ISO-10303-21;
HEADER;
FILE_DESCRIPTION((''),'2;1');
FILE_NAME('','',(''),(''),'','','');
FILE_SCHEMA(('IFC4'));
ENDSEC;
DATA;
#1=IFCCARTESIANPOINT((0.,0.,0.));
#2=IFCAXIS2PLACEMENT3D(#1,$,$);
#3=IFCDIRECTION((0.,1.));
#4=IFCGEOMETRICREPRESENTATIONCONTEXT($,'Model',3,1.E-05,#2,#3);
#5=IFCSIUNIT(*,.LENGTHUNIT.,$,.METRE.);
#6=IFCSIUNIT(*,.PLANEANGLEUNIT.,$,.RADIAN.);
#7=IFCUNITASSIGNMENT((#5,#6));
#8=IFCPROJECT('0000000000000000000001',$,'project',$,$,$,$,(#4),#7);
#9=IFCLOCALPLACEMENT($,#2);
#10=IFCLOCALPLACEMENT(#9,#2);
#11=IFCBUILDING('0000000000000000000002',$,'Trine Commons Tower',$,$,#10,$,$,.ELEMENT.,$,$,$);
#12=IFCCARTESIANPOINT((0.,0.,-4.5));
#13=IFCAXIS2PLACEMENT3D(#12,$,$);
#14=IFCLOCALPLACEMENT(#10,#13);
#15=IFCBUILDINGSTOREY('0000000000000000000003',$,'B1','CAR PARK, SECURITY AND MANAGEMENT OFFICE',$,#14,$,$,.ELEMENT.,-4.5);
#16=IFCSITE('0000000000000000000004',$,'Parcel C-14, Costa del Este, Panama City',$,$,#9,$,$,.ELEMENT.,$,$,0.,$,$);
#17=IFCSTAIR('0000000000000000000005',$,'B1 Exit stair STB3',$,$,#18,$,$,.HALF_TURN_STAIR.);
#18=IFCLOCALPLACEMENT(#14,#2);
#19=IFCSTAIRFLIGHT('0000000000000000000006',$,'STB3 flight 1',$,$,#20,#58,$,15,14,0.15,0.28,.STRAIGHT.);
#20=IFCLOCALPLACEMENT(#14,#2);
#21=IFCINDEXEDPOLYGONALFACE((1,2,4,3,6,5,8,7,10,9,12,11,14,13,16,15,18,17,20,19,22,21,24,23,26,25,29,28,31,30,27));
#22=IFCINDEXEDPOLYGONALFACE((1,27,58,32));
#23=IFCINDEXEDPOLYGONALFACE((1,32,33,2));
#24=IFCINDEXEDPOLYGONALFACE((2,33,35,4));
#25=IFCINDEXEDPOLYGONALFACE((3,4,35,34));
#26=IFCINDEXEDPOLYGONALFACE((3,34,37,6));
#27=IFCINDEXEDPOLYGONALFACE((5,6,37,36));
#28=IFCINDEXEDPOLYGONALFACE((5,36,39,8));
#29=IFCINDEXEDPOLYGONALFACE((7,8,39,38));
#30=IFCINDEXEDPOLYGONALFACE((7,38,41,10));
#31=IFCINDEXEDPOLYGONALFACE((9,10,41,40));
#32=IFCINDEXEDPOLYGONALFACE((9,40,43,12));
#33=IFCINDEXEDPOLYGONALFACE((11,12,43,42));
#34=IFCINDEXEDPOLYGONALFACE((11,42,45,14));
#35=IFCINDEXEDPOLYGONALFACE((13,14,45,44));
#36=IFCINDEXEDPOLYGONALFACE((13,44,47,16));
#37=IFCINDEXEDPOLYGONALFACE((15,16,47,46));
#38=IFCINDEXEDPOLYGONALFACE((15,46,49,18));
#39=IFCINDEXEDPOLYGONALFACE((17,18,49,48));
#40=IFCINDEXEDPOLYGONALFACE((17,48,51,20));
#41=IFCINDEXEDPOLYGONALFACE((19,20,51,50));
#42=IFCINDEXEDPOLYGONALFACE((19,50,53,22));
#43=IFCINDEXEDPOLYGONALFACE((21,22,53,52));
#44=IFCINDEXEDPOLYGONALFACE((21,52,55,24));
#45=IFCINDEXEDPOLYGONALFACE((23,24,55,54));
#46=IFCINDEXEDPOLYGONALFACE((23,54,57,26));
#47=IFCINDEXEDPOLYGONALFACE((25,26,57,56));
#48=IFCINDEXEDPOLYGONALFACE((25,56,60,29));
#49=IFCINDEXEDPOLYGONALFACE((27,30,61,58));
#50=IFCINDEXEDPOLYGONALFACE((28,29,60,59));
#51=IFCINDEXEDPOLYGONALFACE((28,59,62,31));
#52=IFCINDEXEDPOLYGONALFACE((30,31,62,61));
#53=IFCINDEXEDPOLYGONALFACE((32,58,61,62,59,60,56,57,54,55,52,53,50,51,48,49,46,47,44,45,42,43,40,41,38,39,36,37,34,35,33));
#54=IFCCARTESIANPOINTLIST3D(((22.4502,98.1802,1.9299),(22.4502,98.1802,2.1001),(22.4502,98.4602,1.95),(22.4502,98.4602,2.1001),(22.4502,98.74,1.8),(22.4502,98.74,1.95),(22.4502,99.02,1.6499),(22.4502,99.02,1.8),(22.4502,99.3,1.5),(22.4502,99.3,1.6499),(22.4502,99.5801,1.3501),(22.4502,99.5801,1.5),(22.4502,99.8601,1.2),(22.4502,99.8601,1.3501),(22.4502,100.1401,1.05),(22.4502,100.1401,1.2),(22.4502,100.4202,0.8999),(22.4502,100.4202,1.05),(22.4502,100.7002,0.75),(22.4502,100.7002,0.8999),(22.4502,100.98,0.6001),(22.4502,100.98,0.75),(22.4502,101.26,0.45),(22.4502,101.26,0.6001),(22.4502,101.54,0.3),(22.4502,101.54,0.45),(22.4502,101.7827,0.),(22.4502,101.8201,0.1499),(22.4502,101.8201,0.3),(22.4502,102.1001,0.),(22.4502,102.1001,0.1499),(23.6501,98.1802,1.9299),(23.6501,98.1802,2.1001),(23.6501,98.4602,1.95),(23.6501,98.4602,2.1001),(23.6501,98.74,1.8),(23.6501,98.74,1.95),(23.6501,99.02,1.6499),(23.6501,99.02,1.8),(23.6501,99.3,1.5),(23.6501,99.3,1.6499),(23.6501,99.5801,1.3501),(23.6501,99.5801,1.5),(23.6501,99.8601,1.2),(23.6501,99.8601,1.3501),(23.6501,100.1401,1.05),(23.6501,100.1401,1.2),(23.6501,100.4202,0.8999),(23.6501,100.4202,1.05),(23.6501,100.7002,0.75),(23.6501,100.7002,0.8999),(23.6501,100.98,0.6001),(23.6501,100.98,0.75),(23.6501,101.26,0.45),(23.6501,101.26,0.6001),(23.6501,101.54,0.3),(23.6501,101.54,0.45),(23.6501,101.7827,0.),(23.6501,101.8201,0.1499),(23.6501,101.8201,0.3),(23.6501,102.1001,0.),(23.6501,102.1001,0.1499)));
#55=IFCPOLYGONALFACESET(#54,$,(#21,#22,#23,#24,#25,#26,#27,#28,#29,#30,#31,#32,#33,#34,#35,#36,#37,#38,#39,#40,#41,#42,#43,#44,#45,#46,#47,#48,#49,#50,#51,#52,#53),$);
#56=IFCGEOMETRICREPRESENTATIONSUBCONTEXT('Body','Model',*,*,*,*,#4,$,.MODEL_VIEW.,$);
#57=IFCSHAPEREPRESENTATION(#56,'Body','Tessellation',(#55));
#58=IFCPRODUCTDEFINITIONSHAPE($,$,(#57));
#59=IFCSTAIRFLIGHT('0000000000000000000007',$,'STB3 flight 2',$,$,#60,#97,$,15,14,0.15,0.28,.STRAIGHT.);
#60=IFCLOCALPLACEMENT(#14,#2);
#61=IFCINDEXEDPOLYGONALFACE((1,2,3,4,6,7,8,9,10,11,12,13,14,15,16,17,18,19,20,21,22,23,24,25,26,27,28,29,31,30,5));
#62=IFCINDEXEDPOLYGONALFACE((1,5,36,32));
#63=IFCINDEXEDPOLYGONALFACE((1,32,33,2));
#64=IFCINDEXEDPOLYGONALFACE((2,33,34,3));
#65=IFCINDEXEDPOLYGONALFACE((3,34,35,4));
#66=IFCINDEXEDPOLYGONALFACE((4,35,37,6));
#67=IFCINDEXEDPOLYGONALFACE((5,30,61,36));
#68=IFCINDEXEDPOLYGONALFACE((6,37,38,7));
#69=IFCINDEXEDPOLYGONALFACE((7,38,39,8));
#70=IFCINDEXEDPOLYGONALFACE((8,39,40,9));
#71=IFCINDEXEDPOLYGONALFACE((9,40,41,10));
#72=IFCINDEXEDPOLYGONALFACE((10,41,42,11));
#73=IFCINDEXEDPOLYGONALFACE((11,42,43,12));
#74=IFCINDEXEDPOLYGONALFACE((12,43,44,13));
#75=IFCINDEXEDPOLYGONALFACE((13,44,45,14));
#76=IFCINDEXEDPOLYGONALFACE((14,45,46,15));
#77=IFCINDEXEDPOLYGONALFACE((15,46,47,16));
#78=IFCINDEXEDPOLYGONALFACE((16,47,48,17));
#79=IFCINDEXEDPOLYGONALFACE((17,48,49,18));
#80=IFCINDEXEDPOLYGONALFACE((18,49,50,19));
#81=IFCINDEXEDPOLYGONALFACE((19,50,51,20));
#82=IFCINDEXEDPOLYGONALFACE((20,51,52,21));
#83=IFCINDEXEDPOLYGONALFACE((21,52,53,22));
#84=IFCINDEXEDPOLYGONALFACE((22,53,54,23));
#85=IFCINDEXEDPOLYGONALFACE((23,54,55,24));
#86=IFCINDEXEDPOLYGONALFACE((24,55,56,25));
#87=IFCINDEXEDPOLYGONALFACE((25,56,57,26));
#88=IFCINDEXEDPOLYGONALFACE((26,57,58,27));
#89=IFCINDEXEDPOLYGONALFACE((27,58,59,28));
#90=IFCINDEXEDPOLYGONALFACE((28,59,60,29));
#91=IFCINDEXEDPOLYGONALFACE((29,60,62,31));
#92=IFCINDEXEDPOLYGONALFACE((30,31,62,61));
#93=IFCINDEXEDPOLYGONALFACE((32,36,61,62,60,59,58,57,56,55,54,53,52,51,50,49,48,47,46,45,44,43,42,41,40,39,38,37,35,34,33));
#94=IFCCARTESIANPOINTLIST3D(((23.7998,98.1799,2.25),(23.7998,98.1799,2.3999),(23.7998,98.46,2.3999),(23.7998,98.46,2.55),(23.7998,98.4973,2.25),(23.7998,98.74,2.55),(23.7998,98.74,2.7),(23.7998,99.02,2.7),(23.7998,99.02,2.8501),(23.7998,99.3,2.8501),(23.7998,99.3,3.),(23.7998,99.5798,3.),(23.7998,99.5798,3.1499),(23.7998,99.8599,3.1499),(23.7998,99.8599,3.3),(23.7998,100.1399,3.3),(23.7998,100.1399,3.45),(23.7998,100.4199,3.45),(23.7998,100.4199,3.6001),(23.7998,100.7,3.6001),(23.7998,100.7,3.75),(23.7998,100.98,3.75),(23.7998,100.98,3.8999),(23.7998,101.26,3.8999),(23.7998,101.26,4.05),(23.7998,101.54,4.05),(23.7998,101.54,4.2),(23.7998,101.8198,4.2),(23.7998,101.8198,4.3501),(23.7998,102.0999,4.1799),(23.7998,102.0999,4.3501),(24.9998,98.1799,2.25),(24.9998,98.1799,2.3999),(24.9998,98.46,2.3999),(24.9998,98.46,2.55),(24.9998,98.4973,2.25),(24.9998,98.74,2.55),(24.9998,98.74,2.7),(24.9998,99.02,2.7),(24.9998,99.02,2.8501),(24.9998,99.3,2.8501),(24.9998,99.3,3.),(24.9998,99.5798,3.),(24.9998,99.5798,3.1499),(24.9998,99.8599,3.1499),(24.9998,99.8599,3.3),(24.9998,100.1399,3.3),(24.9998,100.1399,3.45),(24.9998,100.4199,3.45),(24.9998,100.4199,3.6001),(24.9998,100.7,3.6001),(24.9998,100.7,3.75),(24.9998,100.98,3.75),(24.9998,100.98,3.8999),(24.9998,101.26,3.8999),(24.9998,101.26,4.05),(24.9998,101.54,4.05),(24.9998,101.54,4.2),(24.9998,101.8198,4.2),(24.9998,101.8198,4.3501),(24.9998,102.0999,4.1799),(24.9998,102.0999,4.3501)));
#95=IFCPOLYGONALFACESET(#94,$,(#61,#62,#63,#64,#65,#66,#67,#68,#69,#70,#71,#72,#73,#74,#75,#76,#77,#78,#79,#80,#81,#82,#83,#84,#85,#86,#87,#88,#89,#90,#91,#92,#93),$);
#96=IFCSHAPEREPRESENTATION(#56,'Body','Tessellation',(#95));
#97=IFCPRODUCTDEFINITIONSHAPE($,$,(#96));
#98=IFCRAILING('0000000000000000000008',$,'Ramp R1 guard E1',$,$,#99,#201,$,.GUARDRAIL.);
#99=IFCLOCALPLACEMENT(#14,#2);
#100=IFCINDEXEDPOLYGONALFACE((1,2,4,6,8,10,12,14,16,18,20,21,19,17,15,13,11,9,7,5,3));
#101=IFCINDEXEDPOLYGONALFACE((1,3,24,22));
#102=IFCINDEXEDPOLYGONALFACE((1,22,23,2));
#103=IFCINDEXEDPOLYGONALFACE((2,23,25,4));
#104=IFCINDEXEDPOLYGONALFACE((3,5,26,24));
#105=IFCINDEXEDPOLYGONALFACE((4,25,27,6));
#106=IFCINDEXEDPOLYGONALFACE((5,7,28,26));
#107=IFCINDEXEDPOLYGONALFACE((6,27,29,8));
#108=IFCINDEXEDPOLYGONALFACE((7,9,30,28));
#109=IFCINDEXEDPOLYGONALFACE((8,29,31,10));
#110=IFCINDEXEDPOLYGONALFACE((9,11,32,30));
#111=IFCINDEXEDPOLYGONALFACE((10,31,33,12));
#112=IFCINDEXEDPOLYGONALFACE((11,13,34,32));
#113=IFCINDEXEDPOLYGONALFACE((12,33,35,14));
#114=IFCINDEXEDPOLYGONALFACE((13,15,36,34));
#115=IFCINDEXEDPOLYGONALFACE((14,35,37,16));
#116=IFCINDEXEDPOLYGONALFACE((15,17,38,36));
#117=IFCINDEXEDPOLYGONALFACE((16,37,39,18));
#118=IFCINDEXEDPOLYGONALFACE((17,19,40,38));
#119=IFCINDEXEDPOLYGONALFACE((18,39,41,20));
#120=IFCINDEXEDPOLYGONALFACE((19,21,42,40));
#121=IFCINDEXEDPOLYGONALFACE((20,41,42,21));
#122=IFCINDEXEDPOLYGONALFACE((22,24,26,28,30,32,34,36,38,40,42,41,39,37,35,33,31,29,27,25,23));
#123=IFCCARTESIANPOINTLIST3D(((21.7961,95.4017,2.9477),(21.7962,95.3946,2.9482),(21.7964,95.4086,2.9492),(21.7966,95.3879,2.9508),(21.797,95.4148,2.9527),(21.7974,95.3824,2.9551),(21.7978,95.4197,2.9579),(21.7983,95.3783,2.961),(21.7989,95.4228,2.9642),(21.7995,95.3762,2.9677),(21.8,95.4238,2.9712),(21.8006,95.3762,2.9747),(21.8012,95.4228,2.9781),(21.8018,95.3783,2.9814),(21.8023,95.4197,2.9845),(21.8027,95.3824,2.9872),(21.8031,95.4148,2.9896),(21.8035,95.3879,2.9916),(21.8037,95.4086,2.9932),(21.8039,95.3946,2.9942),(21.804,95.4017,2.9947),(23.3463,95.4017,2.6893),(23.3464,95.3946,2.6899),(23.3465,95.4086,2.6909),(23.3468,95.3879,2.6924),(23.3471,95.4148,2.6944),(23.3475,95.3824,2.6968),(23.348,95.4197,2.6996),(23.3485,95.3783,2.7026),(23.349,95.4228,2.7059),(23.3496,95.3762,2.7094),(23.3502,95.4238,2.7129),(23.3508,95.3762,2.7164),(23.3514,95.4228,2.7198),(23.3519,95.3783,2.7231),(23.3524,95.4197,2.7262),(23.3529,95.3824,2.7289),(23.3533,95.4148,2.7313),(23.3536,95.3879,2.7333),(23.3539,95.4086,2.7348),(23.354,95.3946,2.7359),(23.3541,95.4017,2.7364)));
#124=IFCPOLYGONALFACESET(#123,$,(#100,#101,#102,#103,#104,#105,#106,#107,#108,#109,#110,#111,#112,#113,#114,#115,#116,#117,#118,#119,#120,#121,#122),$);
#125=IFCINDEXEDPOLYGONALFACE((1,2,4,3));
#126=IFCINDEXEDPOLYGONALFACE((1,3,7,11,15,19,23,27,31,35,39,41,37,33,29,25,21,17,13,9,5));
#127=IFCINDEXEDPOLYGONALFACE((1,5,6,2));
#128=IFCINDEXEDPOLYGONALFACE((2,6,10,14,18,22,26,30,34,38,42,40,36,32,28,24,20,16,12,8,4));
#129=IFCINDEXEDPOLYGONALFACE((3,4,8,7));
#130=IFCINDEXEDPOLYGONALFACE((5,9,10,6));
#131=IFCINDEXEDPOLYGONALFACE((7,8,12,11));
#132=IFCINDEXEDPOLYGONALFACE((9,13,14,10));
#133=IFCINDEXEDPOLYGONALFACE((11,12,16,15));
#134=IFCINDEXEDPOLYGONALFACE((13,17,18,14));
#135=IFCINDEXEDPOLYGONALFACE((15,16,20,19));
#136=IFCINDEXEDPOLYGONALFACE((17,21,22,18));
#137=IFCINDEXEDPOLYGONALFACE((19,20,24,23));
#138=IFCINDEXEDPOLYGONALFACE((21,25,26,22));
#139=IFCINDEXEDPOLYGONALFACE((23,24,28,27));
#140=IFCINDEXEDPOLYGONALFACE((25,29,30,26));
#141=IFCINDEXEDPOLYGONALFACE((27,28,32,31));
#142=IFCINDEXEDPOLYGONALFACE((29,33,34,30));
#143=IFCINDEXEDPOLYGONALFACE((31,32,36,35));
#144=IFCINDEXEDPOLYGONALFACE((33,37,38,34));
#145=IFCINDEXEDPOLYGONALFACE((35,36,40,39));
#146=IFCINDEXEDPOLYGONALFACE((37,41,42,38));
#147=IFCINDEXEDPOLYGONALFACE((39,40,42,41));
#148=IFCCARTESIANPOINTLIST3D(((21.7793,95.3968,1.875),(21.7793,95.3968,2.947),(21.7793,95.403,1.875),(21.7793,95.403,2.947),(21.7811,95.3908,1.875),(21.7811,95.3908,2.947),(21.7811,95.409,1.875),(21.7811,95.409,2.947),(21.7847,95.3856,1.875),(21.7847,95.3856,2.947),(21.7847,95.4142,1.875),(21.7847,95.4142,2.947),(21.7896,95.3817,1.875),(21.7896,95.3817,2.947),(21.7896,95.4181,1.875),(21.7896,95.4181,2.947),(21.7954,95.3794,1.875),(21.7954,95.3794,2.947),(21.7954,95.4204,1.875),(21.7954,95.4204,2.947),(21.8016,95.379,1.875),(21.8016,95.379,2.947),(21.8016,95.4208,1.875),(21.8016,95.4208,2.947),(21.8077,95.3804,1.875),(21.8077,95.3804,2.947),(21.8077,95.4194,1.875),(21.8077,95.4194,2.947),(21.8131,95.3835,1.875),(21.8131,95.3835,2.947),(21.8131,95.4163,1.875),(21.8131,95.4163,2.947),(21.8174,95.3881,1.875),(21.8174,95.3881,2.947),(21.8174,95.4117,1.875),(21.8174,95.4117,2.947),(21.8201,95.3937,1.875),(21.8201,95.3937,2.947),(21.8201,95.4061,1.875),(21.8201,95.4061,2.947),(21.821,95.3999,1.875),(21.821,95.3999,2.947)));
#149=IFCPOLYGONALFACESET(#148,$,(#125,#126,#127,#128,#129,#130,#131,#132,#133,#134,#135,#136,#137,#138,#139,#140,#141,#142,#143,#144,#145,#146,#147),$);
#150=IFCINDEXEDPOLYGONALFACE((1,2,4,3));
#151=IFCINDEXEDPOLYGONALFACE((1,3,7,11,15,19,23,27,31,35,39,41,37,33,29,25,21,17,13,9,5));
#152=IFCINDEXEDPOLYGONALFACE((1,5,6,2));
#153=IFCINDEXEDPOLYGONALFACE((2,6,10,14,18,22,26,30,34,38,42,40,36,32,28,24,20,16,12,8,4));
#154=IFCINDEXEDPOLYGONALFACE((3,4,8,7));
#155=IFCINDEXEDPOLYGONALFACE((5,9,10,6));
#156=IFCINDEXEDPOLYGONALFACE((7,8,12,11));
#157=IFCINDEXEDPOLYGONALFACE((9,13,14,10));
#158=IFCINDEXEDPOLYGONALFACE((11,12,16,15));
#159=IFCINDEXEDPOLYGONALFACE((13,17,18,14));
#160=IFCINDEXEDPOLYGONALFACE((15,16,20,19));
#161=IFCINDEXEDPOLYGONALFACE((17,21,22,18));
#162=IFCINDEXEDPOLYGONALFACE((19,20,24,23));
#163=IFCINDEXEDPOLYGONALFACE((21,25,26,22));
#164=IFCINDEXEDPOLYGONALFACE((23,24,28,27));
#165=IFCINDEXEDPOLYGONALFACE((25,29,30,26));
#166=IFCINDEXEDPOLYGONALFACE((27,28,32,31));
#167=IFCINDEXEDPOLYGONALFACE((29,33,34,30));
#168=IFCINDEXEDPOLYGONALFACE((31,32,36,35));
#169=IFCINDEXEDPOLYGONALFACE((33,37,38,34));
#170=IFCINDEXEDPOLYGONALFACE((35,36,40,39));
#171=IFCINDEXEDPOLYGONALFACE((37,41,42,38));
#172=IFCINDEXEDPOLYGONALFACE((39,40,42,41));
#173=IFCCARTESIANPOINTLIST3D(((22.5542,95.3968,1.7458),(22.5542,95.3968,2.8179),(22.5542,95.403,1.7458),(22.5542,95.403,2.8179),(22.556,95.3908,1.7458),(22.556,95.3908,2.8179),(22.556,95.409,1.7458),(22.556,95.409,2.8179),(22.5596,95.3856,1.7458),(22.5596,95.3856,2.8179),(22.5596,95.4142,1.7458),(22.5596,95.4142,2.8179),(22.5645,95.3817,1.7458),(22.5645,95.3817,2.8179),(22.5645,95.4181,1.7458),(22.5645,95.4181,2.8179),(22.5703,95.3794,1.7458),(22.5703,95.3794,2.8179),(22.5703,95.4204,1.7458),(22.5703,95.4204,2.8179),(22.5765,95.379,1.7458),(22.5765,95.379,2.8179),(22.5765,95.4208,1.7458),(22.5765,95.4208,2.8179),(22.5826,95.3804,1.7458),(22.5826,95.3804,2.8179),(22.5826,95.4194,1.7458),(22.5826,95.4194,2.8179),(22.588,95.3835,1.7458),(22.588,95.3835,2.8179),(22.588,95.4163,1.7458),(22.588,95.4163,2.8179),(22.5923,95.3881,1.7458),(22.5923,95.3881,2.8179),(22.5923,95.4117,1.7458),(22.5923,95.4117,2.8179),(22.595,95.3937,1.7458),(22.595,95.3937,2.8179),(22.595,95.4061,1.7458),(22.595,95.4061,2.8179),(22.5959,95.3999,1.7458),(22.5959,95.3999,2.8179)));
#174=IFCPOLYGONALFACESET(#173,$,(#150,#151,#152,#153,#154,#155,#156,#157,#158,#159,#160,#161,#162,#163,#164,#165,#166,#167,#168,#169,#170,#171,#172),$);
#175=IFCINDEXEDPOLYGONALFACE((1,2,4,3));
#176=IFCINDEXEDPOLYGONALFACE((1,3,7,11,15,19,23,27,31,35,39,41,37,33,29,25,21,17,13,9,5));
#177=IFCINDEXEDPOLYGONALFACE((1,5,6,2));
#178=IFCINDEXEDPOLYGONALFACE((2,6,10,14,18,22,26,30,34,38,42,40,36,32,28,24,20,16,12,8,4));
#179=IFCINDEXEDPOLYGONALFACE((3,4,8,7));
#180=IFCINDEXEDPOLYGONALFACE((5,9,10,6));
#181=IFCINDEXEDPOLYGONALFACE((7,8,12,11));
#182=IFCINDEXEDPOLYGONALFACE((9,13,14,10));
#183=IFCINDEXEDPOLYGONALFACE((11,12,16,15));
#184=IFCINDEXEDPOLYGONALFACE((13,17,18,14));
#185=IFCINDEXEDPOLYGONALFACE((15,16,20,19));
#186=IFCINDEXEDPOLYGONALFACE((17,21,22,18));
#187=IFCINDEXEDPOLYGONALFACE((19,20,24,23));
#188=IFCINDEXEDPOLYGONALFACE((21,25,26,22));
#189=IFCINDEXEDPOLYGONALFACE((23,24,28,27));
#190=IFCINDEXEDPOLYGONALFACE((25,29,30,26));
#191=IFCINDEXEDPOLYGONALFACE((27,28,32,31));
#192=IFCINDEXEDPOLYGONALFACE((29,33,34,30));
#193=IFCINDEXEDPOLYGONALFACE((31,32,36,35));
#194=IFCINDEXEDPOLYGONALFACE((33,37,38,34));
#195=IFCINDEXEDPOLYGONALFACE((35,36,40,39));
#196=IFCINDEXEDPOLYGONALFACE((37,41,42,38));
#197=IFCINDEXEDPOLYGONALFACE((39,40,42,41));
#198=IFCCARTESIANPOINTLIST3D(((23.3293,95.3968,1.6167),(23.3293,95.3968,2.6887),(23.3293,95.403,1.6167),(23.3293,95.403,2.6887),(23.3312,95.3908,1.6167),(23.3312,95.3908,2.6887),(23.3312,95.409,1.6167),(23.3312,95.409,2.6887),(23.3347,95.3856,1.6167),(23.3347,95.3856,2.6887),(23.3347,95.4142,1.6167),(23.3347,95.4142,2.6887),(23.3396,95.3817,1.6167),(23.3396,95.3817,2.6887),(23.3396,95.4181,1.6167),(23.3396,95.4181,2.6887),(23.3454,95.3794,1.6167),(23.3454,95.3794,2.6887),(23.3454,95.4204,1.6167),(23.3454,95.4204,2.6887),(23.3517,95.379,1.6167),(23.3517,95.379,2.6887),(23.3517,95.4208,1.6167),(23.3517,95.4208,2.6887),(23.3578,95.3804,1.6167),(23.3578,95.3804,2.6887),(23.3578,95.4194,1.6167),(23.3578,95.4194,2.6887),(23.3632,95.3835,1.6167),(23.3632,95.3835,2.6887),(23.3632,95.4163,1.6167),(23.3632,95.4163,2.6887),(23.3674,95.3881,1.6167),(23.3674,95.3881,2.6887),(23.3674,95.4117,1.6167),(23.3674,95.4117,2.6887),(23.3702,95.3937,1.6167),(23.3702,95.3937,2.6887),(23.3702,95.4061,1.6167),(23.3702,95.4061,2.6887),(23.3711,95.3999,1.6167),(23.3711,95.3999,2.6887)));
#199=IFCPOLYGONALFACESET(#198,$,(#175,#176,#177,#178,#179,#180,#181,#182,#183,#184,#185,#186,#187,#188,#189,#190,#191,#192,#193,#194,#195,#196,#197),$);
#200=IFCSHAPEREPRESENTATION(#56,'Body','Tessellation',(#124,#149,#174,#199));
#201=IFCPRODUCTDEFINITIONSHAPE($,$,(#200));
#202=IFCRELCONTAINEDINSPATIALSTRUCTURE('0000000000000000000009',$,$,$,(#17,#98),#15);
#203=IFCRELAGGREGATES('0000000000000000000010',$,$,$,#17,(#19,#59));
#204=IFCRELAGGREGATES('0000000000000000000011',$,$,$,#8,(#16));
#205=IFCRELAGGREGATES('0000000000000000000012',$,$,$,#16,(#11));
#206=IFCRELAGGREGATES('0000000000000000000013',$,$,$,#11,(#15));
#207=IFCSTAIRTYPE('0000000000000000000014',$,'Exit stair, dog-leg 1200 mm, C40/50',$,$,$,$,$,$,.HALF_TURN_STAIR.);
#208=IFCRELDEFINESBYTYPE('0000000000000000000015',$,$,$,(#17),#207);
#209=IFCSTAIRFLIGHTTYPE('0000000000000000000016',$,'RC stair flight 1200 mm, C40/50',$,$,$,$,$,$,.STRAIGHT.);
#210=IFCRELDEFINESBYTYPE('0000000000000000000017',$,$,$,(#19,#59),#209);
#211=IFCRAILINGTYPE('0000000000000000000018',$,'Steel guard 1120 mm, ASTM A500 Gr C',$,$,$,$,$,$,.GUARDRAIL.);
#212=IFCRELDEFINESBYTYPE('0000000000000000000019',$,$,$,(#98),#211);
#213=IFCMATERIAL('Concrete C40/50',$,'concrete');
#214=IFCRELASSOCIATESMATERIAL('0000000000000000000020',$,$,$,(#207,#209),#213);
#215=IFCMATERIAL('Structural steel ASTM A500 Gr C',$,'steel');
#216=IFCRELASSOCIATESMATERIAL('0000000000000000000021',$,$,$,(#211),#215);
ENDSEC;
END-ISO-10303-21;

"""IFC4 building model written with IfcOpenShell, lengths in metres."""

from ifc_helpers import new_model, si_unit, direction, frame, origin, origin_2d, place, context, subcontext, project, spatial, polyline, circle, outline, extrude, material, type_object, element, aggregate, save


model = new_model("IFC4")

# Units and contexts
model_context = context("Model", 3, precision=1e-05, world=origin(), true_north=direction((0.0, 1.0)))
body_context = subcontext(model_context, "Body", "Model", "MODEL_VIEW")
ifc_project = project(units=[si_unit("LENGTHUNIT", "METRE"), si_unit("PLANEANGLEUNIT", "RADIAN")], contexts=[model_context])

# Site, building, storey
site_placement = place(None, origin())
site = spatial("IfcSite", under=ifc_project, at=site_placement, Name="Parcel C-14, Costa del Este, Panama City", CompositionType="ELEMENT", RefElevation=0.0)
building_placement = place(site_placement, origin())
building = spatial("IfcBuilding", under=site, at=building_placement, Name="Trine Commons Tower", CompositionType="ELEMENT")
storey_placement = place(building_placement, frame((0.0, 0.0, -4.5)))
storey = spatial("IfcBuildingStorey", under=building, at=storey_placement, Name="B1", Description="CAR PARK, SECURITY AND MANAGEMENT OFFICE", CompositionType="ELEMENT", Elevation=-4.5)

# Shared definitions
ifc_material_1 = material(Name="Concrete C40/50", Category="concrete")

# Stair, stair flights
stair_type = type_object("IfcStairType", Name="Exit stair, dog-leg 1200 mm, C40/50", PredefinedType="HALF_TURN_STAIR", material=ifc_material_1)
stair_placement = place(storey_placement, origin())
stair = element("IfcStair", 1, at=stair_placement, inside=storey, type_object=stair_type, Name="B1 Exit stair STB3", PredefinedType="HALF_TURN_STAIR")
stair_flight_type = type_object("IfcStairFlightType", Name="RC stair flight 1200 mm, C40/50", PredefinedType="STRAIGHT", material=ifc_material_1)
stair_flight_1_placement = place(storey_placement, frame((23.05, 102.1001, 0.0), z_axis=(0.0, 0.0, 1.0), x_axis=(0.0, -1.0, 0.0)))
stair_flight_1 = element("IfcStairFlight", 2, at=stair_flight_1_placement, type_object=stair_flight_type, Name="STB3 flight 1", NumberOfRisers=15, NumberOfTreads=14, PredefinedType="STRAIGHT", RiserHeight=0.15, TreadLength=0.28, context=body_context, shape_type="SweptSolid", body=[
    extrude(outline(polyline([(0.0, 0.0), (0.0, 0.1499), (0.28, 0.1499), (0.28, 0.3), (0.5601, 0.3), (0.5601, 0.45), (0.8401, 0.45), (0.8401, 0.6001), (1.1201, 0.6001), (1.1201, 0.75), (1.3999, 0.75), (1.3999, 0.8999), (1.6799, 0.8999), (1.6799, 1.05), (1.96, 1.05), (1.96, 1.2), (2.24, 1.2), (2.24, 1.3501), (2.52, 1.3501), (2.52, 1.5), (2.8, 1.5), (2.8, 1.6499), (3.0801, 1.6499), (3.0801, 1.8), (3.3601, 1.8), (3.3601, 1.95), (3.6399, 1.95), (3.6399, 2.1001), (3.9199, 2.1001), (3.9199, 2.25), (3.9199, 1.9299), (0.3174, 0.0), (0.0, 0.0)])), frame((0.0, 0.6001, 0.0), z_axis=(0.0, -1.0, 0.0), x_axis=(1.0, 0.0, 0.0)), (0.0, 0.0, 1.0), 1.2),
])
stair_flight_2_placement = place(storey_placement, frame((24.3999, 98.1799, 2.25), z_axis=(0.0, 0.0, 1.0), x_axis=(0.0, 1.0, 0.0)))
stair_flight_2 = element("IfcStairFlight", 3, at=stair_flight_2_placement, type_object=stair_flight_type, Name="STB3 flight 2", NumberOfRisers=15, NumberOfTreads=14, PredefinedType="STRAIGHT", RiserHeight=0.15, TreadLength=0.28, context=body_context, shape_type="SweptSolid", body=[
    extrude(outline(polyline([(0.0, 0.0), (0.0, 0.1499), (0.28, 0.1499), (0.28, 0.3), (0.5601, 0.3), (0.5601, 0.45), (0.8401, 0.45), (0.8401, 0.6001), (1.1201, 0.6001), (1.1201, 0.75), (1.3999, 0.75), (1.3999, 0.8999), (1.6799, 0.8999), (1.6799, 1.05), (1.96, 1.05), (1.96, 1.2), (2.24, 1.2), (2.24, 1.3501), (2.52, 1.3501), (2.52, 1.5), (2.8, 1.5), (2.8, 1.6499), (3.0801, 1.6499), (3.0801, 1.8), (3.3601, 1.8), (3.3601, 1.95), (3.6399, 1.95), (3.6399, 2.1001), (3.9199, 2.1001), (3.9199, 2.25), (3.9199, 1.9299), (0.3174, 0.0), (0.0, 0.0)])), frame((0.0, 0.6001, 0.0), z_axis=(0.0, -1.0, 0.0), x_axis=(1.0, 0.0, 0.0)), (0.0, 0.0, 1.0), 1.2),
])
aggregate(stair, [stair_flight_1, stair_flight_2])

# Railing
ifc_material_2 = material(Name="Structural steel ASTM A500 Gr C", Category="steel")
railing_type_1 = type_object("IfcRailingType", Name="Steel guard 1120 mm, ASTM A500 Gr C", PredefinedType="GUARDRAIL", material=ifc_material_2)
railing_1_placement = place(storey_placement, frame((21.8, 95.3999, 1.875)))
element("IfcRailing", 4, at=railing_1_placement, inside=storey, type_object=railing_type_1, Name="Ramp R1 guard E1", PredefinedType="GUARDRAIL", context=body_context, shape_type="SweptSolid", body=[
    extrude(circle(Radius=0.0239, at=origin_2d()), frame((0.0, 0.0, 1.0962), z_axis=(0.986398, 0.0, -0.164374), x_axis=(0.0, 1.0, 0.0)), (0.0, 0.0, 1.0), 1.5715),
    extrude(circle(Radius=0.021, at=origin_2d()), origin(), (0.0, 0.0, 1.0), 1.072),
    extrude(circle(Radius=0.021, at=origin_2d()), frame((0.7749, 0.0, -0.1292)), (0.0, 0.0, 1.0), 1.072),
    extrude(circle(Radius=0.021, at=origin_2d()), frame((1.55, 0.0, -0.2583)), (0.0, 0.0, 1.0), 1.072),
])

save(model, "model.ifc")
